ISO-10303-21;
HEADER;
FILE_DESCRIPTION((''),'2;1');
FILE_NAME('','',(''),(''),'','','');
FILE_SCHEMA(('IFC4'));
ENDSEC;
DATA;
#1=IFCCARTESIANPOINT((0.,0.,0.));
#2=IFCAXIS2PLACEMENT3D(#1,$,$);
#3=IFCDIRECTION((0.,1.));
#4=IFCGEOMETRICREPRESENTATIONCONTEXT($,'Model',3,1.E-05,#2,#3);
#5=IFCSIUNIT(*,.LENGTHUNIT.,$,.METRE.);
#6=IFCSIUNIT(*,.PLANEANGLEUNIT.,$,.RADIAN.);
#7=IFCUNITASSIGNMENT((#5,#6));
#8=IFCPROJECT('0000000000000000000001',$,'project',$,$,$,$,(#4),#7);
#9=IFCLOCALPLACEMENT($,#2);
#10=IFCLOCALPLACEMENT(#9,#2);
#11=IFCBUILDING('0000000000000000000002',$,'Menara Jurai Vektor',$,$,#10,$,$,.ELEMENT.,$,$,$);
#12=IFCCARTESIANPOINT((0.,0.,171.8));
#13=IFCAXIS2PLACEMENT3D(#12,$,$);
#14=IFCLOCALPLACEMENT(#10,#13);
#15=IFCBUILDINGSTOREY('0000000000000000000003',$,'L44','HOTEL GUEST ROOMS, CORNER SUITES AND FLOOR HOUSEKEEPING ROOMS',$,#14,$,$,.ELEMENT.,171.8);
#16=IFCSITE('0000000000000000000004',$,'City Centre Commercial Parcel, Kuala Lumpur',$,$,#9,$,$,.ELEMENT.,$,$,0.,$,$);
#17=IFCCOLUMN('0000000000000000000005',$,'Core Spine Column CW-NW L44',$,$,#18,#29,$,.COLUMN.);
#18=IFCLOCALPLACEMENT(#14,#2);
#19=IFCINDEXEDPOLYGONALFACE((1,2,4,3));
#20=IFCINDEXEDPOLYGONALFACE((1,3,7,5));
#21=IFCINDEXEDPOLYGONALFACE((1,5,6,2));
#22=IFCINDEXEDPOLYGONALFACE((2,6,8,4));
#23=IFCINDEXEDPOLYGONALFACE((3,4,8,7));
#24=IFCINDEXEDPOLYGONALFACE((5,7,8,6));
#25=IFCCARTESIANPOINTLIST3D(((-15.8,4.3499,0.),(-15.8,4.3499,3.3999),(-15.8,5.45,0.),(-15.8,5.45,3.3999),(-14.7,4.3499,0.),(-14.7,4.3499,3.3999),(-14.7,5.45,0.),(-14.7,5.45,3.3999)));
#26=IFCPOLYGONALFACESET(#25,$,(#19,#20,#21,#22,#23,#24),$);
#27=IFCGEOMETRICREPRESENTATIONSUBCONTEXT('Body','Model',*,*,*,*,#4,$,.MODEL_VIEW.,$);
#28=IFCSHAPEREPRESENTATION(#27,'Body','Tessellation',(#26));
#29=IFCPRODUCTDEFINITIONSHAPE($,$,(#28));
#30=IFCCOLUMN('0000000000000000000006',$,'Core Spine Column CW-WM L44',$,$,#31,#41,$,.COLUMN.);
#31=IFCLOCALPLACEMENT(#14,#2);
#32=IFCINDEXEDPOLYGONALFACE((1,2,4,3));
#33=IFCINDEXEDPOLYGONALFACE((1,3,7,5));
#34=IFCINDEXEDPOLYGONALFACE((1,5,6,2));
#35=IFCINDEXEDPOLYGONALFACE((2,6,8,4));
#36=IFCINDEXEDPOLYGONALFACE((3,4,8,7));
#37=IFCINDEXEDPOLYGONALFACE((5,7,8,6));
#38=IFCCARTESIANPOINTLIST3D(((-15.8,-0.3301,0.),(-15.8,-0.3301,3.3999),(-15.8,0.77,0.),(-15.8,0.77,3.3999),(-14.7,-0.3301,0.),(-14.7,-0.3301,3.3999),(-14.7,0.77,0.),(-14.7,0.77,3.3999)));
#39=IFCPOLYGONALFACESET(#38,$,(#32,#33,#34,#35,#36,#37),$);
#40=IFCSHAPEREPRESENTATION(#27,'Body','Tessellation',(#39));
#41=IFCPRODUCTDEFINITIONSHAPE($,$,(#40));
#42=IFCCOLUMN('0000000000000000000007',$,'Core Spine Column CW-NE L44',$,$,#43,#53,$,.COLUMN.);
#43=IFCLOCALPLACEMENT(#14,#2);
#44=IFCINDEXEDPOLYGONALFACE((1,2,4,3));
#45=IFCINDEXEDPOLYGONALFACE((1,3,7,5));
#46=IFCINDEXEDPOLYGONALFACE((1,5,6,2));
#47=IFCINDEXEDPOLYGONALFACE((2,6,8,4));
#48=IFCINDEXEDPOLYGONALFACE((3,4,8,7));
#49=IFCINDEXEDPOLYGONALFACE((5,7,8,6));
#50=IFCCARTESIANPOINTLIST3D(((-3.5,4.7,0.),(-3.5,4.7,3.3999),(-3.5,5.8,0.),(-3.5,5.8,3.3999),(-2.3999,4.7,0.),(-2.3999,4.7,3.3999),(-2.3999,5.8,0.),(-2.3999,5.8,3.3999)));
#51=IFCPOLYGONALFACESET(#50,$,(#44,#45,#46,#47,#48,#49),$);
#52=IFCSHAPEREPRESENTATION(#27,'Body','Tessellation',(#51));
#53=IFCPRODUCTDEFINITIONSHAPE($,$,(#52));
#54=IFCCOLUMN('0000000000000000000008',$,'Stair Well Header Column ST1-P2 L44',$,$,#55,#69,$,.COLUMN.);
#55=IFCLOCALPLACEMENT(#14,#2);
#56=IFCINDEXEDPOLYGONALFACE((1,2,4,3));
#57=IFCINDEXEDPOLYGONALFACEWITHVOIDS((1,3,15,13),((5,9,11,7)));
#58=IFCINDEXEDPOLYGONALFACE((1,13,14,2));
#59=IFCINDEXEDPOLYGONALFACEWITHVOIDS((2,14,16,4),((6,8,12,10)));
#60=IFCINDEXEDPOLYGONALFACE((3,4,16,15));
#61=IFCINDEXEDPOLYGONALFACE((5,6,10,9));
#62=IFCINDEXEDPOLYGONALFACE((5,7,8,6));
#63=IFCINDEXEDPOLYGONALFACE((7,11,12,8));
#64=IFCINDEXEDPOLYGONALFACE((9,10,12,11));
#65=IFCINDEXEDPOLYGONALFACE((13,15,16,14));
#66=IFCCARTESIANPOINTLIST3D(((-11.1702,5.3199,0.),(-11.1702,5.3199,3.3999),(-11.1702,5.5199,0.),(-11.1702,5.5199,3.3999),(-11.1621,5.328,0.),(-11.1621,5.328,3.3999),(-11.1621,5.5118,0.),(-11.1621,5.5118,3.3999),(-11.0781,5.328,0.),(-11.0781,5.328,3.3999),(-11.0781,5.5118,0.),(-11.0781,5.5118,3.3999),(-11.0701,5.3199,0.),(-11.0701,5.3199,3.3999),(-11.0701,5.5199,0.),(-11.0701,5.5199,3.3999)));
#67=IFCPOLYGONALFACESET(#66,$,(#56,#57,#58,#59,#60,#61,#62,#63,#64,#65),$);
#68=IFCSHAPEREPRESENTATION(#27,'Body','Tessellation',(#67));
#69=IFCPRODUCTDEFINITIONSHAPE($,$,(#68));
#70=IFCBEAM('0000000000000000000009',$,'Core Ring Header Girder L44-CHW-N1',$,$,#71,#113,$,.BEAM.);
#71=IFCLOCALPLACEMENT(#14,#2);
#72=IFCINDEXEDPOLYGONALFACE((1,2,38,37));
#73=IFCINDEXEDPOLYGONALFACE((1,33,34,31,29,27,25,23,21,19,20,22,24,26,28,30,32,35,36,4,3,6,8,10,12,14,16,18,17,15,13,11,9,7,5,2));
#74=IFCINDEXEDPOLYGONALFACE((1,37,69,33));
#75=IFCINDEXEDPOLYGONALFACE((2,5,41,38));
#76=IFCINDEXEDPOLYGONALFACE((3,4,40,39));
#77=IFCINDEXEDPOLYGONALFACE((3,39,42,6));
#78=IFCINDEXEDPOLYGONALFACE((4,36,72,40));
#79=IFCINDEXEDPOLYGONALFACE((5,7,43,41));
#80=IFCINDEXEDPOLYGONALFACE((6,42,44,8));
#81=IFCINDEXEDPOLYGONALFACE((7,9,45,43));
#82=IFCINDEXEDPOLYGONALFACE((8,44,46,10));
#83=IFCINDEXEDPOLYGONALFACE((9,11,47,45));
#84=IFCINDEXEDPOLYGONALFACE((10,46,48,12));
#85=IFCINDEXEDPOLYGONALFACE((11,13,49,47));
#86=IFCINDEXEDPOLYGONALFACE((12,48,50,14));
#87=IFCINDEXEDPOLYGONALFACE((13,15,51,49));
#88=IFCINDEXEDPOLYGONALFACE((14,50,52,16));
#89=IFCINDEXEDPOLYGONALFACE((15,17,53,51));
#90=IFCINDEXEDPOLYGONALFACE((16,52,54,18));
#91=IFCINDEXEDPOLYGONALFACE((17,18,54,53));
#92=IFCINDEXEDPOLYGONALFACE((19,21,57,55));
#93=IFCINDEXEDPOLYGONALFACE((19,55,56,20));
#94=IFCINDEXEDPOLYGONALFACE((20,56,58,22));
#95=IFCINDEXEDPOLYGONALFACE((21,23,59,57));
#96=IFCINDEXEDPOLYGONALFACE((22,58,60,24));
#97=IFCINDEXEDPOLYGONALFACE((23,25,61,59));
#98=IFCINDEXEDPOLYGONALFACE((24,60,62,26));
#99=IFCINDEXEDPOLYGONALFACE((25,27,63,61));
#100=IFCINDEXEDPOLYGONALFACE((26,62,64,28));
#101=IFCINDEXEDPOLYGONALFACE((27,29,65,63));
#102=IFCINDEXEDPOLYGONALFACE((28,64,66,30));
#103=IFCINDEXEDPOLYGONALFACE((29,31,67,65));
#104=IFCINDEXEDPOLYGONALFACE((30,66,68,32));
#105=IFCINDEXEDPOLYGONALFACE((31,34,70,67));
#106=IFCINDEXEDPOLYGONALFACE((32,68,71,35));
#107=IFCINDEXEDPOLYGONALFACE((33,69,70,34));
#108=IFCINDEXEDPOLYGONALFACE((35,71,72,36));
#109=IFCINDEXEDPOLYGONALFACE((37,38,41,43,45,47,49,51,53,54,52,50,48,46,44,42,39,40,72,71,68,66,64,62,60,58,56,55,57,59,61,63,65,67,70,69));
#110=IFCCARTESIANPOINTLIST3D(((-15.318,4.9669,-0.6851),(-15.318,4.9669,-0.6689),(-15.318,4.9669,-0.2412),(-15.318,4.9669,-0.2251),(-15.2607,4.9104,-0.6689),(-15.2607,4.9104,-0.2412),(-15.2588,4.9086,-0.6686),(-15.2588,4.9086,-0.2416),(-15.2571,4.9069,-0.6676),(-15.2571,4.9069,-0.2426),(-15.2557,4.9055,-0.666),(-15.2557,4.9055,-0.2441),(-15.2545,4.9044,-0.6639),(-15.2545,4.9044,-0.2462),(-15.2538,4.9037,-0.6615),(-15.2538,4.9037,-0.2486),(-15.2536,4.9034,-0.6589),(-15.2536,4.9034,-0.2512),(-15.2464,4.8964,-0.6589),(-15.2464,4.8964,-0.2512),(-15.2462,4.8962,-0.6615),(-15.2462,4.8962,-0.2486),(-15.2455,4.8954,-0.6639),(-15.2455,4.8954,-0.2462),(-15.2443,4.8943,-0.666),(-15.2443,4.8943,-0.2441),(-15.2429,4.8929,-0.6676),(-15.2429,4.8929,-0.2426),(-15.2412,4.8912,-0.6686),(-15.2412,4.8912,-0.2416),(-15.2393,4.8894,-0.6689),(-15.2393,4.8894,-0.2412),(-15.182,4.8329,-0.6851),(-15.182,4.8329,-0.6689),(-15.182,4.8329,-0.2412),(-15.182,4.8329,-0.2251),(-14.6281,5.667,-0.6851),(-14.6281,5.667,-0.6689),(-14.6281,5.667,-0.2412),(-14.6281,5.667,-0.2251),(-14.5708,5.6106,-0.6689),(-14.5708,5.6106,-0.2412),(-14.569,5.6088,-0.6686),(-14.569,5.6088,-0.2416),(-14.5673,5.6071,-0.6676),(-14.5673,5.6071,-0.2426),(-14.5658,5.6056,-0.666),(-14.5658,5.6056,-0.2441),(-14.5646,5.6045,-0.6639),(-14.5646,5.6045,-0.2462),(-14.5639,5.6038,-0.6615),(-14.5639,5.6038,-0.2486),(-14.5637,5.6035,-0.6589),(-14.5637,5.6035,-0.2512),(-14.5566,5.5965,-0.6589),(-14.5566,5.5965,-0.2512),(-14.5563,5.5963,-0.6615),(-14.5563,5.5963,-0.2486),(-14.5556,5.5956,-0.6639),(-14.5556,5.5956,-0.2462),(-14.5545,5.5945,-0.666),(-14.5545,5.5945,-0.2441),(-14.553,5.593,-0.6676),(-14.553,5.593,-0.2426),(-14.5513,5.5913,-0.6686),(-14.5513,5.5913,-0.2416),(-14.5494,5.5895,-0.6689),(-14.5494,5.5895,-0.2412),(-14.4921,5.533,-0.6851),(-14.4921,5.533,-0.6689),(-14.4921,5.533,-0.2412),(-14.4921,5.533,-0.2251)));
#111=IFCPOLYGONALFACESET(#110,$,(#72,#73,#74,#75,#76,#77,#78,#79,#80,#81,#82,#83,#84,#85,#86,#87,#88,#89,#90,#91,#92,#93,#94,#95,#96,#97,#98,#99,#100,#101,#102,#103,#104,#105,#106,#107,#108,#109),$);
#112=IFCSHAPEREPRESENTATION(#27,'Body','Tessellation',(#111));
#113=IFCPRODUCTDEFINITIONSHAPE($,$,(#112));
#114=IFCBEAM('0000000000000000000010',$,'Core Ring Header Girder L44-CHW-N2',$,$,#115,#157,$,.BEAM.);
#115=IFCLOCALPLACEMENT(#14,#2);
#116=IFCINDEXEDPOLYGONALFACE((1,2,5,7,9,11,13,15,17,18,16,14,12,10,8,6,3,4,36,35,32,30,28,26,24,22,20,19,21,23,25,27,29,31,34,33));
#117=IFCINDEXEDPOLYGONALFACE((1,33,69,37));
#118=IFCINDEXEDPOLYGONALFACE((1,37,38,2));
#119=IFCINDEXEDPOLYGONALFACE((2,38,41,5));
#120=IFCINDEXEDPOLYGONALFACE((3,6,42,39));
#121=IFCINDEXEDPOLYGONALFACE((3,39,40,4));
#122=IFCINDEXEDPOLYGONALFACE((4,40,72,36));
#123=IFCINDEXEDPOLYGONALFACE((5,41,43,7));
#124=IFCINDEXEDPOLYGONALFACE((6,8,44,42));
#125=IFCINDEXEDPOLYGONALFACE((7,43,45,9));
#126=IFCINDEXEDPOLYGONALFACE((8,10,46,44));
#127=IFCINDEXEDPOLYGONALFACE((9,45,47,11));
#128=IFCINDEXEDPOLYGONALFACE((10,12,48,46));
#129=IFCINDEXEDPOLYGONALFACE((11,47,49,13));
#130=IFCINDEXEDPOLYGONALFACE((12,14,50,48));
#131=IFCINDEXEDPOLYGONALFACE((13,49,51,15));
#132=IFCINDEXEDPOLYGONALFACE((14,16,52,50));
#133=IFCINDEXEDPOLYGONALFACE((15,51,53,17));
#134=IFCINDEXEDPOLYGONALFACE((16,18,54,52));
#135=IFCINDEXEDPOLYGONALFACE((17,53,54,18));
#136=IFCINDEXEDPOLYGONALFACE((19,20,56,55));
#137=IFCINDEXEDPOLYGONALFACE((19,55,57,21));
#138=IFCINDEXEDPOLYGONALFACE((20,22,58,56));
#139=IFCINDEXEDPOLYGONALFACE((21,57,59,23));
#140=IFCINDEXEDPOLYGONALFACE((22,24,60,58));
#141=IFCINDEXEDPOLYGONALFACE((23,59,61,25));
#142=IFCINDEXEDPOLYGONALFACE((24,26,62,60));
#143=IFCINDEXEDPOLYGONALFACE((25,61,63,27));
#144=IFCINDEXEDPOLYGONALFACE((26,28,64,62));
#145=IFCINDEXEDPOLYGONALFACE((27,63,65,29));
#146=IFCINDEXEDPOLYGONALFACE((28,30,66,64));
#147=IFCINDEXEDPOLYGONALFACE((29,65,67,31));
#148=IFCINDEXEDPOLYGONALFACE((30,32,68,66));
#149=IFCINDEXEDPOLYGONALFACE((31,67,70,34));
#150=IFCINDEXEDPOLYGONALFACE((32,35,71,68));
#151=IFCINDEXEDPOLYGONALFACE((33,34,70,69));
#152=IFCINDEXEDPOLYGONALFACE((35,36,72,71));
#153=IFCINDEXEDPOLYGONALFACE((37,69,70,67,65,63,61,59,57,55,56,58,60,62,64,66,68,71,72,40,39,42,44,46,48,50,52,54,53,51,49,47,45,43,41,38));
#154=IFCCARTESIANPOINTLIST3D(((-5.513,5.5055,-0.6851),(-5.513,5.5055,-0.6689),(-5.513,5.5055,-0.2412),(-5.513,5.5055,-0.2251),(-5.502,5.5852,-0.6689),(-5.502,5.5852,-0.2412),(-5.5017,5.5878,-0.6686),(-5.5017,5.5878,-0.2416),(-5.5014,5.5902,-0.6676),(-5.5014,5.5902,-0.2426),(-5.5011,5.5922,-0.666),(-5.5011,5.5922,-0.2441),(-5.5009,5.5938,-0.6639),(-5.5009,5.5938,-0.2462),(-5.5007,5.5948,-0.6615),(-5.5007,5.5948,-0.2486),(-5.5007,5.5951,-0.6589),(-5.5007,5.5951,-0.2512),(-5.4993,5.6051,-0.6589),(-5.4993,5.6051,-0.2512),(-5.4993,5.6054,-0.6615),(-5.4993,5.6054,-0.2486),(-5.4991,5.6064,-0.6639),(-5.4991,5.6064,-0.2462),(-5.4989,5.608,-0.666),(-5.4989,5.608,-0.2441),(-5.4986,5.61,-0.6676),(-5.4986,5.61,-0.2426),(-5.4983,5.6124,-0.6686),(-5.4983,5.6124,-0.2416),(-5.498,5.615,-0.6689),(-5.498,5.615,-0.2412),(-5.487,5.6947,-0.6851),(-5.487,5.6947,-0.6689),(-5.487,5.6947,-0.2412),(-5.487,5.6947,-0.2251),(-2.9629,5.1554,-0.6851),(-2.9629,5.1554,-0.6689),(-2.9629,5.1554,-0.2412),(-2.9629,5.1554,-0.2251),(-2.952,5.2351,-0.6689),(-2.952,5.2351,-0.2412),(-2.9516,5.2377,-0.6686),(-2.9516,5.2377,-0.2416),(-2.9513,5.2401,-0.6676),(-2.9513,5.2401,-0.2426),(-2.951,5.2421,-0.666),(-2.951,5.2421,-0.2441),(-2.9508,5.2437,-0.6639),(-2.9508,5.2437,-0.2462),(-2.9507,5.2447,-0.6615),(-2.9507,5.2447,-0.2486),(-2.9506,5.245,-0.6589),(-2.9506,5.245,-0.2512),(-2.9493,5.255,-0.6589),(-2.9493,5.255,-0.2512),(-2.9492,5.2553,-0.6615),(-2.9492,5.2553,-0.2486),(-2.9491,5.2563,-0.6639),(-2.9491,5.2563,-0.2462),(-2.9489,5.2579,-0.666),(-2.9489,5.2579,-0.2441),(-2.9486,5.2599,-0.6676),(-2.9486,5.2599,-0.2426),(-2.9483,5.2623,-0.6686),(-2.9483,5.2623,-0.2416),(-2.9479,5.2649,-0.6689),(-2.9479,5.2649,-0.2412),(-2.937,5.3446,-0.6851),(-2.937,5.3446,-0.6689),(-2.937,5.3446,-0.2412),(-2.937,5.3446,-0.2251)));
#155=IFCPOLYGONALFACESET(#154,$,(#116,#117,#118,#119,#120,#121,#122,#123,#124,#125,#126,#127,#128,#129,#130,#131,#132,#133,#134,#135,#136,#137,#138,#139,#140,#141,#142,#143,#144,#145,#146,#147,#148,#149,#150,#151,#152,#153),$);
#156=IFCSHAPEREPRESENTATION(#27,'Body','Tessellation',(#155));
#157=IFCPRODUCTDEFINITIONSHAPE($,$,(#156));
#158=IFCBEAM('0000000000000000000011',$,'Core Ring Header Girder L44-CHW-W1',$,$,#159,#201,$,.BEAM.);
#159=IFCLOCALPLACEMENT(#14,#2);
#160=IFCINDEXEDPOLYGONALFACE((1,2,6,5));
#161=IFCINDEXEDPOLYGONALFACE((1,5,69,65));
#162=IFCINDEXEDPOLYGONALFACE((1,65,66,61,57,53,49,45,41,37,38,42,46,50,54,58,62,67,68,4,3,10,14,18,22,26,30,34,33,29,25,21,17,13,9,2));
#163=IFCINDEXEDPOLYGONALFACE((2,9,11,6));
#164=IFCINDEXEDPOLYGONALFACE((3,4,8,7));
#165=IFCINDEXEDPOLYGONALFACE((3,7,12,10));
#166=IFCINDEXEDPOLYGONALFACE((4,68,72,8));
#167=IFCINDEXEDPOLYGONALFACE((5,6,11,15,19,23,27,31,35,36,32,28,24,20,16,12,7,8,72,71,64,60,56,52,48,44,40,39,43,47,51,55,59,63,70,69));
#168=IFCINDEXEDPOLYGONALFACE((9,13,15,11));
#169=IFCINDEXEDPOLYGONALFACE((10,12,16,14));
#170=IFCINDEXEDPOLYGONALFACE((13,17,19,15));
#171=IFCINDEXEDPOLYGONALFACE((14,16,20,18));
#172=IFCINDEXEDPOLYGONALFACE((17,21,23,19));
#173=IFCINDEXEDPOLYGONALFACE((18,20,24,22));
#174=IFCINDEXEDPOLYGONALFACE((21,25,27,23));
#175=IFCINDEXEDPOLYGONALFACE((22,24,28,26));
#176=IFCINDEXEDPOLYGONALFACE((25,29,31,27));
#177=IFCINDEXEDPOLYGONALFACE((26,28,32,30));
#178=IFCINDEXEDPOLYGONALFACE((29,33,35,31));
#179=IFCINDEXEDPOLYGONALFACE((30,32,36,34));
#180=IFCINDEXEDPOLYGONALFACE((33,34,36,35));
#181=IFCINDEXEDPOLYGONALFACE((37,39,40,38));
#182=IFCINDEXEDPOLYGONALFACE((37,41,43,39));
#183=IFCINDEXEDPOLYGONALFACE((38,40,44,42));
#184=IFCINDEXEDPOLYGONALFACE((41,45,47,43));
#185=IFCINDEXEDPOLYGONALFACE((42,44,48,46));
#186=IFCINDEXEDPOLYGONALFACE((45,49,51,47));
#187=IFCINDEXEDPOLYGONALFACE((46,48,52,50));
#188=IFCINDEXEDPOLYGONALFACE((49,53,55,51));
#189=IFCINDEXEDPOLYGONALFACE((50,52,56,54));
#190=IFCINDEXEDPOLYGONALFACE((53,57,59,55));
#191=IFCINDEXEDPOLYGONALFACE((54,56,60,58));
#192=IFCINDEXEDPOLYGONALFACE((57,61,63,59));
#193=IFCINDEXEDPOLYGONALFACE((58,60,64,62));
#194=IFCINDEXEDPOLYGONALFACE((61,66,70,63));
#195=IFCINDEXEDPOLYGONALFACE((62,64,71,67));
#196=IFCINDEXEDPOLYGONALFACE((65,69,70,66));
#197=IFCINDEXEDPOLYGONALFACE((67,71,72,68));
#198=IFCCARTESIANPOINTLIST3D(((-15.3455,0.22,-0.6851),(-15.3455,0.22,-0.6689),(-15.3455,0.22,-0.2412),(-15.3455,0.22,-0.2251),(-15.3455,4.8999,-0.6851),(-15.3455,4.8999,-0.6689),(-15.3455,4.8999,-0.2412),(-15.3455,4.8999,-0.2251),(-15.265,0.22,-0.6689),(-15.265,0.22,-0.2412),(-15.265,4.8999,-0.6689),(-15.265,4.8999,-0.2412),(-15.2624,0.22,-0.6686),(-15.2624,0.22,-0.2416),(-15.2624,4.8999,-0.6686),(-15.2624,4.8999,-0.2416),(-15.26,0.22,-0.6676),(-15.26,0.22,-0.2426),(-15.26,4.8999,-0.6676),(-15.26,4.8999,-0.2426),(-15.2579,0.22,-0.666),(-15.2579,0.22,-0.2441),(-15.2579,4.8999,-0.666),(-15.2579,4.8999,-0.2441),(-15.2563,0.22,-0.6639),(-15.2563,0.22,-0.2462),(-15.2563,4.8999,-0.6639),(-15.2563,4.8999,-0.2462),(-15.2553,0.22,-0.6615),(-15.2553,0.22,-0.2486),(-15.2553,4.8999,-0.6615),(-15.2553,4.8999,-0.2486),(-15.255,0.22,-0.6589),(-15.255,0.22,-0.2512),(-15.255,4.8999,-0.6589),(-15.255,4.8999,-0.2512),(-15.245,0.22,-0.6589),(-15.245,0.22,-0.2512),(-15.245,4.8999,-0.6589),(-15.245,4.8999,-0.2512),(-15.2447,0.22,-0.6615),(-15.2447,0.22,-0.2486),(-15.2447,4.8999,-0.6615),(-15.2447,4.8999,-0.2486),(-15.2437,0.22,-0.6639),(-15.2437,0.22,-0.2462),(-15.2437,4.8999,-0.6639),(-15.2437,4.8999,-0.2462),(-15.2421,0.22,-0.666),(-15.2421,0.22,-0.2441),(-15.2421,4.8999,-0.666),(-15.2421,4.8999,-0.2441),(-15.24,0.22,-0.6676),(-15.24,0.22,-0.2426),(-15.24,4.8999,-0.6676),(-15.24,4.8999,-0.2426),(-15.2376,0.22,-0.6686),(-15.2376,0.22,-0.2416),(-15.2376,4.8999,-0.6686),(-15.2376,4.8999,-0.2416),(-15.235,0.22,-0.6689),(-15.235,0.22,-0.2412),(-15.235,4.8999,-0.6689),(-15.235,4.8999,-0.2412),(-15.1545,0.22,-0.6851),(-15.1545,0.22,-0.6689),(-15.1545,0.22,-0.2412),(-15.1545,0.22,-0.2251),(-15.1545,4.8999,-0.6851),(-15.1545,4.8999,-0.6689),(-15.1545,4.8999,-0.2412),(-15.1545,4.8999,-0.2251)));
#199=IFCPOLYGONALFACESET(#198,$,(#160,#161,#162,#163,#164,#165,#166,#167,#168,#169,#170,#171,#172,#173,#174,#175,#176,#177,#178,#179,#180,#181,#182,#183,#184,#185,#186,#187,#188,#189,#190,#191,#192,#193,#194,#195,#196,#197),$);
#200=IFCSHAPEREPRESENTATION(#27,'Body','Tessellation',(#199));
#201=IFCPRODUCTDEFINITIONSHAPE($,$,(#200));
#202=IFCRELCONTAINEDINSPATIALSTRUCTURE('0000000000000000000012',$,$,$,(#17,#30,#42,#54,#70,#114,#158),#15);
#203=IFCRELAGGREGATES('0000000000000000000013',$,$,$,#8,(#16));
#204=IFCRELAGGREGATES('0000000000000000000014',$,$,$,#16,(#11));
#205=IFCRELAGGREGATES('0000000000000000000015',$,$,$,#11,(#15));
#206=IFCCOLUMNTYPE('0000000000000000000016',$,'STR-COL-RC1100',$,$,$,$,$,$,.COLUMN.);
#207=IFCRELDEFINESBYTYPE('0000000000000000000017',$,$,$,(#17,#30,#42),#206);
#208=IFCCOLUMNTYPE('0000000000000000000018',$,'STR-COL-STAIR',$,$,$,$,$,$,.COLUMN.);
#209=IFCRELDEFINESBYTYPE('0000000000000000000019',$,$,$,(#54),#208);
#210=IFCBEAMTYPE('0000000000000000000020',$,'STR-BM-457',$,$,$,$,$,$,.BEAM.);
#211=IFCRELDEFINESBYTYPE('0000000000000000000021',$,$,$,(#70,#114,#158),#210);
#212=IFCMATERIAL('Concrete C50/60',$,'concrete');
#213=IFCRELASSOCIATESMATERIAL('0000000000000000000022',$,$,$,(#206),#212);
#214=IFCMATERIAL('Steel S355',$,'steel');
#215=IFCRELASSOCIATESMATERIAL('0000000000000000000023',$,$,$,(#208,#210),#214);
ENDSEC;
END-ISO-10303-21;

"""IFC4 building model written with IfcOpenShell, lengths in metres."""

from ifc_helpers import new_model, si_unit, direction, frame, origin, origin_2d, place, context, subcontext, project, spatial, rectangle, hollow_rectangle, i_section, extrude, material, material_profile, profile_set, type_object, element, save


model = new_model("IFC4")

# Units and contexts
model_context = context("Model", 3, precision=1e-05, world=origin(), true_north=direction((0.0, 1.0)))
body_context = subcontext(model_context, "Body", "Model", "MODEL_VIEW")
ifc_project = project(units=[si_unit("LENGTHUNIT", "METRE"), si_unit("PLANEANGLEUNIT", "RADIAN")], contexts=[model_context])

# Site, building, storey
site_placement = place(None, origin())
site = spatial("IfcSite", under=ifc_project, at=site_placement, Name="City Centre Commercial Parcel, Kuala Lumpur", CompositionType="ELEMENT", RefElevation=0.0)
building_placement = place(site_placement, origin())
building = spatial("IfcBuilding", under=site, at=building_placement, Name="Menara Jurai Vektor", CompositionType="ELEMENT")
storey_placement = place(building_placement, frame((0.0, 0.0, 171.8)))
storey = spatial("IfcBuildingStorey", under=building, at=storey_placement, Name="L44", Description="HOTEL GUEST ROOMS, CORNER SUITES AND FLOOR HOUSEKEEPING ROOMS", CompositionType="ELEMENT", Elevation=171.8)

# Columns
ifc_material_1 = material(Name="Concrete C50/60", Category="concrete")
ifc_material_profile_1 = material_profile(ifc_material_1, rectangle(XDim=1.1001, YDim=1.1001, at=origin_2d()), Name="RC 1100x1100")
ifc_profile_set_1 = profile_set([ifc_material_profile_1], Name="Concrete C50/60")
column_type_1 = type_object("IfcColumnType", Name="STR-COL-RC1100", PredefinedType="COLUMN", material=ifc_profile_set_1)
for number, where, z_axis, x_axis, name in (
    (1, (-15.25, 4.8999, 0.0), (0.0, 0.0, 1.0), (1.0, 0.0, 0.0), "Core Spine Column CW-NW L44"),
    (2, (-15.25, 0.22, 0.0), (0.0, 0.0, 1.0), (1.0, 0.0, 0.0), "Core Spine Column CW-WM L44"),
    (3, (-2.95, 5.25, 0.0), (0.0, 0.0, 1.0), (1.0, 0.0, 0.0), "Core Spine Column CW-NE L44"),
):
    element("IfcColumn", number, at=place(storey_placement, frame(where, z_axis=z_axis, x_axis=x_axis)), inside=storey, type_object=column_type_1, Name=name, PredefinedType="COLUMN", context=body_context, shape_type="SweptSolid", body=[
        extrude(rectangle(XDim=1.1001, YDim=1.1001, at=origin_2d()), origin(), (0.0, 0.0, 1.0), 3.3999),
    ])
ifc_material_2 = material(Name="Steel S355", Category="steel")
ifc_material_profile_2 = material_profile(ifc_material_2, hollow_rectangle(XDim=0.1001, YDim=0.2, WallThickness=0.0081, at=origin_2d()), Name="RHS 200x100x8")
ifc_profile_set_2 = profile_set([ifc_material_profile_2], Name="Steel S355")
column_type_2 = type_object("IfcColumnType", Name="STR-COL-STAIR", PredefinedType="COLUMN", material=ifc_profile_set_2)
column_placement = place(storey_placement, frame((-11.1201, 5.4199, 0.0), z_axis=(0.0, 0.0, 1.0), x_axis=(1.0, 0.0, 0.0)))
element("IfcColumn", 4, at=column_placement, inside=storey, type_object=column_type_2, Name="Stair Well Header Column ST1-P2 L44", PredefinedType="COLUMN", context=body_context, shape_type="SweptSolid", body=[
    extrude(hollow_rectangle(XDim=0.1001, YDim=0.2, WallThickness=0.0081, at=origin_2d()), origin(), (0.0, 0.0, 1.0), 3.3999),
])

# Beams
ifc_material_profile_3 = material_profile(ifc_material_2, i_section(OverallWidth=0.1909, OverallDepth=0.46, WebThickness=0.01, FlangeThickness=0.0161, FilletRadius=0.01, at=origin_2d()), Name="UKB 457x191x82")
ifc_profile_set_3 = profile_set([ifc_material_profile_3], Name="Steel S355")
beam_type_1 = type_object("IfcBeamType", Name="STR-BM-457", PredefinedType="BEAM", material=ifc_profile_set_3)
beam_1_placement = place(storey_placement, frame((-15.25, 4.8999, -0.4551), z_axis=(0.701872, 0.712303, 0.0), x_axis=(-0.712303, 0.701872, 0.0)))
element("IfcBeam", 5, at=beam_1_placement, inside=storey, type_object=beam_type_1, Name="Core Ring Header Girder L44-CHW-N1", PredefinedType="BEAM", context=body_context, shape_type="SweptSolid", body=[
    extrude(i_section(OverallWidth=0.1909, OverallDepth=0.46, WebThickness=0.01, FlangeThickness=0.0161, FilletRadius=0.01, at=origin_2d()), origin(), (0.0, 0.0, 1.0), 0.9829),
])
beam_2_placement = place(storey_placement, frame((-5.5, 5.6001, -0.4551), z_axis=(0.990707, -0.136015, 0.0), x_axis=(0.136015, 0.990707, 0.0)))
element("IfcBeam", 6, at=beam_2_placement, inside=storey, type_object=beam_type_1, Name="Core Ring Header Girder L44-CHW-N2", PredefinedType="BEAM", context=body_context, shape_type="SweptSolid", body=[
    extrude(i_section(OverallWidth=0.1909, OverallDepth=0.46, WebThickness=0.01, FlangeThickness=0.0161, FilletRadius=0.01, at=origin_2d()), origin(), (0.0, 0.0, 1.0), 2.574),
])
beam_3_placement = place(storey_placement, frame((-15.25, 0.22, -0.4551), z_axis=(0.0, 1.0, 0.0), x_axis=(-1.0, 0.0, 0.0)))
element("IfcBeam", 7, at=beam_3_placement, inside=storey, type_object=beam_type_1, Name="Core Ring Header Girder L44-CHW-W1", PredefinedType="BEAM", context=body_context, shape_type="SweptSolid", body=[
    extrude(i_section(OverallWidth=0.1909, OverallDepth=0.46, WebThickness=0.01, FlangeThickness=0.0161, FilletRadius=0.01, at=origin_2d()), origin(), (0.0, 0.0, 1.0), 4.6799),
])

save(model, "model.ifc")
